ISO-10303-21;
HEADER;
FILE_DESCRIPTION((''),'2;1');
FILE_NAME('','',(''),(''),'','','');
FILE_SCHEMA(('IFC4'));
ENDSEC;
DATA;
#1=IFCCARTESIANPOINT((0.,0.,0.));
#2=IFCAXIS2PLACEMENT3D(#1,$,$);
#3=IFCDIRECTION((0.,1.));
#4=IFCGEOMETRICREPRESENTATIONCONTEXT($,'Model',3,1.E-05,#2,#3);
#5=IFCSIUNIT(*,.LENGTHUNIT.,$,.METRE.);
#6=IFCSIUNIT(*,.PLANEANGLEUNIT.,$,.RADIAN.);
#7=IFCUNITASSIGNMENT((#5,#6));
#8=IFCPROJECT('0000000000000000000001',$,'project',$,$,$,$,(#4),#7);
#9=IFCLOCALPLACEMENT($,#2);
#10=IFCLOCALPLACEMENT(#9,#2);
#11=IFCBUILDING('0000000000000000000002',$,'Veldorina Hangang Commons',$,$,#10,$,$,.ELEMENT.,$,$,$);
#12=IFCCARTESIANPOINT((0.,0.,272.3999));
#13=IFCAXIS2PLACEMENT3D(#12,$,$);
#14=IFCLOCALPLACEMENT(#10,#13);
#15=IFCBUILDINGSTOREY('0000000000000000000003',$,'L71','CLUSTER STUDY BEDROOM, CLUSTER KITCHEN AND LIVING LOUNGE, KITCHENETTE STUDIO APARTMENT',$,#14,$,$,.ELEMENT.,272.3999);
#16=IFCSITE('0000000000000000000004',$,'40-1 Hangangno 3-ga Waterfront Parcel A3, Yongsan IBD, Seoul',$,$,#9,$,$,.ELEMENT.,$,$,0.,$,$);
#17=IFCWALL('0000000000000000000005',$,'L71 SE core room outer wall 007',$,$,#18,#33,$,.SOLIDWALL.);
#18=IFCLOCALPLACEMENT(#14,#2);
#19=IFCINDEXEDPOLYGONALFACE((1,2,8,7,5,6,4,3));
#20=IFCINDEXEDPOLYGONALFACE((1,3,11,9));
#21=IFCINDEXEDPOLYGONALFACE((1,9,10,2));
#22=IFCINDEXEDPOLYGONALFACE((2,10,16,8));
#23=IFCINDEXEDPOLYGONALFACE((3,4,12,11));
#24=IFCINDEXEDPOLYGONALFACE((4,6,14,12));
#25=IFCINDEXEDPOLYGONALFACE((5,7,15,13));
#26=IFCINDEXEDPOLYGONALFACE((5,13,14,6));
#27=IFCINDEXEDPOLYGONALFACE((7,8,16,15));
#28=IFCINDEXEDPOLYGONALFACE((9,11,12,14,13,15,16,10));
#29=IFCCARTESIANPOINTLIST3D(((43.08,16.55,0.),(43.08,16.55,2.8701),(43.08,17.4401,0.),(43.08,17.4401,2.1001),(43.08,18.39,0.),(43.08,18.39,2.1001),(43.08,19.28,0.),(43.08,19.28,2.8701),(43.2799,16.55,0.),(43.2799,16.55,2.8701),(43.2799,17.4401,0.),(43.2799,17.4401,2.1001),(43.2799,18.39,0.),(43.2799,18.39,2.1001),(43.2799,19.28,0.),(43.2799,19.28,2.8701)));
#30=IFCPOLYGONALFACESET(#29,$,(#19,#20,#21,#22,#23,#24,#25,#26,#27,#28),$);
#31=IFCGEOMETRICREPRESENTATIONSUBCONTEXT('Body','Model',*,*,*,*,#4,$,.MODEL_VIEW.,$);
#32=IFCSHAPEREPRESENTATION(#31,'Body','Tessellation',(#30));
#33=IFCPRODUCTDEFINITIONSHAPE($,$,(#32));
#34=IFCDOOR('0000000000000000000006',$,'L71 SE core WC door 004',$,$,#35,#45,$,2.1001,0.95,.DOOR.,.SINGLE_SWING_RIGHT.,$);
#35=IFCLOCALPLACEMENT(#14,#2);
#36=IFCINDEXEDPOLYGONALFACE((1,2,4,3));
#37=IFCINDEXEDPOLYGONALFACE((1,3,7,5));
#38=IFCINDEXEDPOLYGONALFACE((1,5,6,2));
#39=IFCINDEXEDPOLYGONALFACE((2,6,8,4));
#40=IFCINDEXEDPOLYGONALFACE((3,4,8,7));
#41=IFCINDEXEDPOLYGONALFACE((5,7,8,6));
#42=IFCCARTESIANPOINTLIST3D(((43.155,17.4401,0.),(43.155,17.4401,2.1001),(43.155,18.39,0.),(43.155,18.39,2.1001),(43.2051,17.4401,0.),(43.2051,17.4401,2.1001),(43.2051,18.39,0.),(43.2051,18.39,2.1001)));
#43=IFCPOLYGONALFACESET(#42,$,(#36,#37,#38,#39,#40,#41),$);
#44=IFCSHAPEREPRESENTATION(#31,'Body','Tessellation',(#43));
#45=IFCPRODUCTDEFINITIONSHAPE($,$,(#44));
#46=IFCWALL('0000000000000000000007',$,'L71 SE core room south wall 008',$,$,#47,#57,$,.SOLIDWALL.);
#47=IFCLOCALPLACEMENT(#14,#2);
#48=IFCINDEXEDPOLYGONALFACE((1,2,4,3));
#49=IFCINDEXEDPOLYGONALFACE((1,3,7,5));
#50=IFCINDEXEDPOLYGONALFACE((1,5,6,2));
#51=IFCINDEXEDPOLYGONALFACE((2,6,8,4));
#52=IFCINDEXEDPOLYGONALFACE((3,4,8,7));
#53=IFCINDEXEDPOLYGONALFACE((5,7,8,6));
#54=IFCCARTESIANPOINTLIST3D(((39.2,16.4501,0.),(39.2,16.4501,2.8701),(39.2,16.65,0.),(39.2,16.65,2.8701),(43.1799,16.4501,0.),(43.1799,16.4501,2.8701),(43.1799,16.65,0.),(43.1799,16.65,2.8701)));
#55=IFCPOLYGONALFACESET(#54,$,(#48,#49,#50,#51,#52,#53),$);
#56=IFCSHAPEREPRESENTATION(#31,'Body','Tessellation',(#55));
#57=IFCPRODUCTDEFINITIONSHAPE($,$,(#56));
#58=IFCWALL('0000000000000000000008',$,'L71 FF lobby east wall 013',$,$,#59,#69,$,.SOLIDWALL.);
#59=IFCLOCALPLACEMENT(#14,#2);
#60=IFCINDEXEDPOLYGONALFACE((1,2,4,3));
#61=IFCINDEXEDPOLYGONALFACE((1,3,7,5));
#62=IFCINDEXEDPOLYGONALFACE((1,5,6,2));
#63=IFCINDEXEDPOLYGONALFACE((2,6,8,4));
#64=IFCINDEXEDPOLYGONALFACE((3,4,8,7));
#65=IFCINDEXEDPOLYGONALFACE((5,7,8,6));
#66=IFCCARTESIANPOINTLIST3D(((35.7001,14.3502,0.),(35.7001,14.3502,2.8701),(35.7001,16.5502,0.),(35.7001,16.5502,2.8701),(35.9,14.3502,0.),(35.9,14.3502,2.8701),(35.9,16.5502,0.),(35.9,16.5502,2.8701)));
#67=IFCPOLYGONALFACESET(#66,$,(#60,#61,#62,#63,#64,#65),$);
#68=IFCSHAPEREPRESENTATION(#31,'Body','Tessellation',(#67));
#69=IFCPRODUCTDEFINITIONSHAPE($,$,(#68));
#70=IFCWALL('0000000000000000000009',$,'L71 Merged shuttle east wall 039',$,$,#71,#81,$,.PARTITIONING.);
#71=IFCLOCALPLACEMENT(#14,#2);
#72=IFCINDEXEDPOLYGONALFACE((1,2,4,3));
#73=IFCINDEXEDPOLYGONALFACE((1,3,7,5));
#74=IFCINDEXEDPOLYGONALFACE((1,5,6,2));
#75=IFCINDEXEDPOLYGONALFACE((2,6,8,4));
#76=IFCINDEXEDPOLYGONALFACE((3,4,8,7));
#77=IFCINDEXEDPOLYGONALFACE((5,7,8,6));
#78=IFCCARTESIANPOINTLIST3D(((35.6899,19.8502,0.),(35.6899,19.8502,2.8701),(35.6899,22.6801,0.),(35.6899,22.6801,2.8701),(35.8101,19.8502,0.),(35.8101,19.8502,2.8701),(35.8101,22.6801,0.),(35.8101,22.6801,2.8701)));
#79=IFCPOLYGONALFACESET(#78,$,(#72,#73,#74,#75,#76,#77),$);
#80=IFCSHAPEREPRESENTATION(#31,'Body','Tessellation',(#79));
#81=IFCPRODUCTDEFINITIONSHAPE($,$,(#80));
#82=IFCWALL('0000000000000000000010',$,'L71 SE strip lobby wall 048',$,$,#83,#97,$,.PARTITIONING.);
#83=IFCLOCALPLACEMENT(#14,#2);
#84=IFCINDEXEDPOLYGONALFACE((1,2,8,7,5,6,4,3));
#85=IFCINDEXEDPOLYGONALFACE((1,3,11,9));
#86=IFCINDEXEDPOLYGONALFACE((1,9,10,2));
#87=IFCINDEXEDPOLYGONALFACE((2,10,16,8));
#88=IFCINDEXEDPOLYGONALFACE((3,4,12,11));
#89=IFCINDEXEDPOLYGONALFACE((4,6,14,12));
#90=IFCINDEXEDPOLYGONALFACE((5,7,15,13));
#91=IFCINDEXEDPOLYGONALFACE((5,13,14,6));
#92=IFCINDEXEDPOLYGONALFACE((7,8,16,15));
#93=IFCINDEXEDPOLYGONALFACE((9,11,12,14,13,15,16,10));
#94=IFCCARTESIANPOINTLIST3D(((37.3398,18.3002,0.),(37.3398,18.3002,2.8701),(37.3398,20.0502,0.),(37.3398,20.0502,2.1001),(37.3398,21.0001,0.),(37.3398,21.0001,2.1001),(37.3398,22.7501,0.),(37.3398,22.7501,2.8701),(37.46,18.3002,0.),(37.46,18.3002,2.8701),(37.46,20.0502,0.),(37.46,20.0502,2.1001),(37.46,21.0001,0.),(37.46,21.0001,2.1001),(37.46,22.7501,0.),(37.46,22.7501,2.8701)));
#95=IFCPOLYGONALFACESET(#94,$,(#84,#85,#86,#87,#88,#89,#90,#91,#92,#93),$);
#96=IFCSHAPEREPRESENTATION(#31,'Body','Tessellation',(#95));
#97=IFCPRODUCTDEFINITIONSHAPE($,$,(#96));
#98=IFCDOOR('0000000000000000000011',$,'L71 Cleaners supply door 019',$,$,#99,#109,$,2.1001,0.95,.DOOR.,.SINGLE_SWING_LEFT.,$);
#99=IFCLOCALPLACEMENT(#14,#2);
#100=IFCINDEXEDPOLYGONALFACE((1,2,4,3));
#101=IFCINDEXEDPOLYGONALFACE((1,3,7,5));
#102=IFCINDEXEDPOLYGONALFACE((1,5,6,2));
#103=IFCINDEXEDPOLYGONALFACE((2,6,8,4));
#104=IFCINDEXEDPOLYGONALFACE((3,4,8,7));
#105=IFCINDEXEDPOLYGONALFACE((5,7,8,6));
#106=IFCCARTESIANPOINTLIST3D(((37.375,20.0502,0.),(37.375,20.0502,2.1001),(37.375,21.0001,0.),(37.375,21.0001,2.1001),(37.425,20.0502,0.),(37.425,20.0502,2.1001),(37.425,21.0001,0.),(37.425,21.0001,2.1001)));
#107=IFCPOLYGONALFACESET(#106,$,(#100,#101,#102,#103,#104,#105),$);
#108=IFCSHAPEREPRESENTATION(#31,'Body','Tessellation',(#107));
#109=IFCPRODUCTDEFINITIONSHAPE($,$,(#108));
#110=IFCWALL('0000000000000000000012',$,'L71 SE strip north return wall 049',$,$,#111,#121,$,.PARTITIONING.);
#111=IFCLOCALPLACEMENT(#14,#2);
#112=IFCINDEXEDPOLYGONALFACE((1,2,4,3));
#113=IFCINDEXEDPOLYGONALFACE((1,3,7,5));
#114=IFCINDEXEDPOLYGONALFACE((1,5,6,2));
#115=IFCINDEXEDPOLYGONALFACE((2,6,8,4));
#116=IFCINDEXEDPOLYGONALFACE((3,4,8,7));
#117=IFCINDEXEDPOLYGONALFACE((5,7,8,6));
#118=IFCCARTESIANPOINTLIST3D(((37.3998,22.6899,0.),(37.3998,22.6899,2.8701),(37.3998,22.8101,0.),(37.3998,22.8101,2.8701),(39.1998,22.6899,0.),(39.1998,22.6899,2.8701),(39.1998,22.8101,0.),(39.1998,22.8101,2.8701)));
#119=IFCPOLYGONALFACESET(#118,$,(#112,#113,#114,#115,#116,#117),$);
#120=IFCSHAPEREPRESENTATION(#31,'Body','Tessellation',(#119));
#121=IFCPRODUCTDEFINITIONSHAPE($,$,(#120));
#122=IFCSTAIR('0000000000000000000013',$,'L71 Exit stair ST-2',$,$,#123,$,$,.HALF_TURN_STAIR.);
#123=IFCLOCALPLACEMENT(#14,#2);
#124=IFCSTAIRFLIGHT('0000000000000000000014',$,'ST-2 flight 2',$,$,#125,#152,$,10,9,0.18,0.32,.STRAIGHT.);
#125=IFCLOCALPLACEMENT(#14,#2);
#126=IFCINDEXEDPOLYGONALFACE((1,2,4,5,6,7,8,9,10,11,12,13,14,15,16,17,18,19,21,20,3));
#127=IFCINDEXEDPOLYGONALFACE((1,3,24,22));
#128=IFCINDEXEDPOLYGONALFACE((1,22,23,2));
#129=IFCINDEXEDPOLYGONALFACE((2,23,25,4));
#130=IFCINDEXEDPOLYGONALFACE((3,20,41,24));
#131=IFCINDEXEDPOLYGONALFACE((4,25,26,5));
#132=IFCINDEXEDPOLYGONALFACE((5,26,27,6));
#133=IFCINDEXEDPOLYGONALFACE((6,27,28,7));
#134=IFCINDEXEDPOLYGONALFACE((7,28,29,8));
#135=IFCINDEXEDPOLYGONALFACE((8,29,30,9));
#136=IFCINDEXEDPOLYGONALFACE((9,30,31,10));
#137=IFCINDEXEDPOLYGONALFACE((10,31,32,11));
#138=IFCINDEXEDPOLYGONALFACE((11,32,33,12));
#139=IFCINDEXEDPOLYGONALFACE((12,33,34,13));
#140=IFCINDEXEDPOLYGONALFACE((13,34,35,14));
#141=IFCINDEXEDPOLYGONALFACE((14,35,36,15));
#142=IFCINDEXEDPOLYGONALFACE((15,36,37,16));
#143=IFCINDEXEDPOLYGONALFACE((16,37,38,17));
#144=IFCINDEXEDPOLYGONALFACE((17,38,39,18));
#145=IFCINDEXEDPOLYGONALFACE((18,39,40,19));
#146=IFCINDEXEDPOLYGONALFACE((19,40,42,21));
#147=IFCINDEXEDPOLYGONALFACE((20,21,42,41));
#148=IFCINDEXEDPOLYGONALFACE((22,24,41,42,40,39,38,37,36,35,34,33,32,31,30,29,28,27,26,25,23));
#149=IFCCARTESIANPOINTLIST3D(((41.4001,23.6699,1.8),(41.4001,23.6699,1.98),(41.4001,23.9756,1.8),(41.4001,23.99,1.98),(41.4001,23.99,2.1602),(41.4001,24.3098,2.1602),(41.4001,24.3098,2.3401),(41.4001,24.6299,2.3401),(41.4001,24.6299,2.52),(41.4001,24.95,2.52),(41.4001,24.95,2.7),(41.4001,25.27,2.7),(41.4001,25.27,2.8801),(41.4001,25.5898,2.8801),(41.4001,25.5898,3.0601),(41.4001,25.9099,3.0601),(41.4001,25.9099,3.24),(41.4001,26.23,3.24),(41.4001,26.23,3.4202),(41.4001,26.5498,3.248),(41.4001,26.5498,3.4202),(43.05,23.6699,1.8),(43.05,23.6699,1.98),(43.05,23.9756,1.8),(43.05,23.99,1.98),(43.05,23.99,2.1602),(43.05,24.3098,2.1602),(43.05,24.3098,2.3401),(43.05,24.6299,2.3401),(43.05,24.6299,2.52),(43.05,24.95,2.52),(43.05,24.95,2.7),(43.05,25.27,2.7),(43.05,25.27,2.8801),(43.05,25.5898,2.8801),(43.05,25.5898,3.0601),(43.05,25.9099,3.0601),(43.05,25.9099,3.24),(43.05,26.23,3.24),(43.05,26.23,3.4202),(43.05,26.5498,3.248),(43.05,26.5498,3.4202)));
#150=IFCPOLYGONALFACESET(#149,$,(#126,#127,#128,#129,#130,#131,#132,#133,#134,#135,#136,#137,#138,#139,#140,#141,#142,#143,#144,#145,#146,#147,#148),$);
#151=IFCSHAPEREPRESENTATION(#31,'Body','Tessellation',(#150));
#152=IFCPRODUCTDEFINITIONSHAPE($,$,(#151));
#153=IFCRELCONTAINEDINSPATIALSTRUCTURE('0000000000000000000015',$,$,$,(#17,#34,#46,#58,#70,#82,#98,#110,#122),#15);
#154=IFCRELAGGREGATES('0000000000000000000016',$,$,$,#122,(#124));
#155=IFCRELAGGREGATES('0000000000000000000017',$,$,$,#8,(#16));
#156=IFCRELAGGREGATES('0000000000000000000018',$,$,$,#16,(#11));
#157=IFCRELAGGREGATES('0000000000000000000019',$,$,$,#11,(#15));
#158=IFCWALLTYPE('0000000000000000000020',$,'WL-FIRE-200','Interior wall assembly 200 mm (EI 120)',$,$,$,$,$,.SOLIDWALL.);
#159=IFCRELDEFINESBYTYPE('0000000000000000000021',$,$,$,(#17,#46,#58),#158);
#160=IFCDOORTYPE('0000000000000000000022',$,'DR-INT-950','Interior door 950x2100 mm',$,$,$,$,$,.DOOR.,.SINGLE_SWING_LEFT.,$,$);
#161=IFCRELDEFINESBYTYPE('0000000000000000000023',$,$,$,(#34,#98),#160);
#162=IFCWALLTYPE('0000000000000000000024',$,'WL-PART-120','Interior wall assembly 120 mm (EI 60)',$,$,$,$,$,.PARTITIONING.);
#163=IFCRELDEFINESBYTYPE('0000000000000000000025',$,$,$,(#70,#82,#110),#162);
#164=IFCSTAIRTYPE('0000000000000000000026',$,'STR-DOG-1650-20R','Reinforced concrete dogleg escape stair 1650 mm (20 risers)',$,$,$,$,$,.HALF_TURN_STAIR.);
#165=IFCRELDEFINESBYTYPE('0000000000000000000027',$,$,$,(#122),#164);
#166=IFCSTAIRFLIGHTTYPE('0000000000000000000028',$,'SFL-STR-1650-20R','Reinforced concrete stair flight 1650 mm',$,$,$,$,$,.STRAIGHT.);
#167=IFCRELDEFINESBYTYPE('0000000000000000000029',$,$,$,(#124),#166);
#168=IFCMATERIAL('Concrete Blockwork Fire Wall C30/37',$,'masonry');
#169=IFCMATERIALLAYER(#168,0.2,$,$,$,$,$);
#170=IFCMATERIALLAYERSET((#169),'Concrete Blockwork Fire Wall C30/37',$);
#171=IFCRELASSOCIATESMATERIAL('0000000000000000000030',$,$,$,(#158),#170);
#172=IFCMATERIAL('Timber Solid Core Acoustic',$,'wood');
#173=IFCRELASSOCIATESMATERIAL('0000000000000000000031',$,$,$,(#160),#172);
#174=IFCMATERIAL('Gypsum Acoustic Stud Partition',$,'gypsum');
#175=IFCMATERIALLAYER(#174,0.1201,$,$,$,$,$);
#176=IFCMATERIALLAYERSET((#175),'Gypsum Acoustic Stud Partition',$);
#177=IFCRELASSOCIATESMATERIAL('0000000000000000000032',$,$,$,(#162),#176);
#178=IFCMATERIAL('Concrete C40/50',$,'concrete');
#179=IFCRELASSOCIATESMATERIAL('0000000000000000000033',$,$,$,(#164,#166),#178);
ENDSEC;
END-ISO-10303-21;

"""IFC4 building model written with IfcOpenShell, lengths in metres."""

from ifc_helpers import new_model, si_unit, direction, frame, frame_2d, origin, place, context, subcontext, project, spatial, polyline, rectangle, outline, extrude, material, layer, layer_set, type_object, element, fill, aggregate, save


model = new_model("IFC4")

# Units and contexts
model_context = context("Model", 3, precision=1e-05, world=origin(), true_north=direction((0.0, 1.0)))
body_context = subcontext(model_context, "Body", "Model", "MODEL_VIEW")
ifc_project = project(units=[si_unit("LENGTHUNIT", "METRE"), si_unit("PLANEANGLEUNIT", "RADIAN")], contexts=[model_context])

# Site, building, storey
site_placement = place(None, origin())
site = spatial("IfcSite", under=ifc_project, at=site_placement, Name="40-1 Hangangno 3-ga Waterfront Parcel A3, Yongsan IBD, Seoul", CompositionType="ELEMENT", RefElevation=0.0)
building_placement = place(site_placement, origin())
building = spatial("IfcBuilding", under=site, at=building_placement, Name="Veldorina Hangang Commons", CompositionType="ELEMENT")
storey_placement = place(building_placement, frame((0.0, 0.0, 272.3999)))
storey = spatial("IfcBuildingStorey", under=building, at=storey_placement, Name="L71", Description="CLUSTER STUDY BEDROOM, CLUSTER KITCHEN AND LIVING LOUNGE, KITCHENETTE STUDIO APARTMENT", CompositionType="ELEMENT", Elevation=272.3999)

# Wall, opening, door
ifc_material_1 = material(Name="Concrete Blockwork Fire Wall C30/37", Category="masonry")
ifc_layer_1 = layer(ifc_material_1, 0.2)
ifc_layer_set_1 = layer_set([ifc_layer_1], Name="Concrete Blockwork Fire Wall C30/37")
wall_type_1 = type_object("IfcWallType", Name="WL-FIRE-200", Description="Interior wall assembly 200 mm (EI 120)", PredefinedType="SOLIDWALL", material=ifc_layer_set_1)
wall_1_placement = place(storey_placement, frame((43.1799, 16.55, 0.0), z_axis=(0.0, 0.0, 1.0), x_axis=(0.0, 1.0, 0.0)))
wall_1 = element("IfcWall", 1, at=wall_1_placement, inside=storey, type_object=wall_type_1, Name="L71 SE core room outer wall 007", PredefinedType="SOLIDWALL", context=body_context, shape_type="SweptSolid", body=[
    extrude(rectangle(XDim=2.73, YDim=0.2, at=frame_2d((1.365, 0.0))), origin(), (0.0, 0.0, 1.0), 2.8701),
])
opening_1_placement = place(wall_1_placement, frame((0.8899, 0.0, 0.0)))
opening_1 = element("IfcOpeningElement", 2, at=opening_1_placement, cuts=wall_1, PredefinedType="OPENING", context=body_context, shape_type="SweptSolid", body=[
    extrude(rectangle(XDim=0.95, YDim=2.1001, at=frame_2d((0.4751, 1.05))), frame((0.0, 0.1099, 0.0), z_axis=(0.0, -1.0, 0.0), x_axis=(1.0, 0.0, 0.0)), (0.0, 0.0, 1.0), 0.22),
])
ifc_material_2 = material(Name="Timber Solid Core Acoustic", Category="wood")
door_type_1 = type_object("IfcDoorType", Name="DR-INT-950", Description="Interior door 950x2100 mm", OperationType="SINGLE_SWING_LEFT", PredefinedType="DOOR", material=ifc_material_2)
door_1_placement = place(opening_1_placement, origin())
door_1 = element("IfcDoor", 3, at=door_1_placement, inside=storey, type_object=door_type_1, Name="L71 SE core WC door 004", OperationType="SINGLE_SWING_RIGHT", OverallHeight=2.1001, OverallWidth=0.95, PredefinedType="DOOR", context=body_context, shape_type="SweptSolid", body=[
    extrude(rectangle(XDim=0.95, YDim=2.1001, at=frame_2d((0.4751, 1.05))), frame((0.0, 0.0249, 0.0), z_axis=(0.0, -1.0, 0.0), x_axis=(1.0, 0.0, 0.0)), (0.0, 0.0, 1.0), 0.05),
])
fill(opening_1, door_1)

# Walls
wall_2_placement = place(storey_placement, frame((39.2, 16.55, 0.0), z_axis=(0.0, 0.0, 1.0), x_axis=(1.0, 0.0, 0.0)))
element("IfcWall", 4, at=wall_2_placement, inside=storey, type_object=wall_type_1, Name="L71 SE core room south wall 008", PredefinedType="SOLIDWALL", context=body_context, shape_type="SweptSolid", body=[
    extrude(rectangle(XDim=3.98, YDim=0.2, at=frame_2d((1.99, 0.0))), origin(), (0.0, 0.0, 1.0), 2.8701),
])
wall_3_placement = place(storey_placement, frame((35.8, 14.3501, 0.0), z_axis=(0.0, 0.0, 1.0), x_axis=(0.0, 1.0, 0.0)))
element("IfcWall", 5, at=wall_3_placement, inside=storey, type_object=wall_type_1, Name="L71 FF lobby east wall 013", PredefinedType="SOLIDWALL", context=body_context, shape_type="SweptSolid", body=[
    extrude(rectangle(XDim=2.2, YDim=0.2, at=frame_2d((1.1001, 0.0))), origin(), (0.0, 0.0, 1.0), 2.8701),
])
ifc_material_3 = material(Name="Gypsum Acoustic Stud Partition", Category="gypsum")
ifc_layer_2 = layer(ifc_material_3, 0.1201)
ifc_layer_set_2 = layer_set([ifc_layer_2], Name="Gypsum Acoustic Stud Partition")
wall_type_2 = type_object("IfcWallType", Name="WL-PART-120", Description="Interior wall assembly 120 mm (EI 60)", PredefinedType="PARTITIONING", material=ifc_layer_set_2)
wall_4_placement = place(storey_placement, frame((35.75, 19.8501, 0.0), z_axis=(0.0, 0.0, 1.0), x_axis=(0.0, 1.0, 0.0)))
element("IfcWall", 6, at=wall_4_placement, inside=storey, type_object=wall_type_2, Name="L71 Merged shuttle east wall 039", PredefinedType="PARTITIONING", context=body_context, shape_type="SweptSolid", body=[
    extrude(rectangle(XDim=2.8298, YDim=0.1201, at=frame_2d((1.415, 0.0))), origin(), (0.0, 0.0, 1.0), 2.8701),
])

# Wall, opening, door
wall_5_placement = place(storey_placement, frame((37.3999, 18.3, 0.0), z_axis=(0.0, 0.0, 1.0), x_axis=(0.0, 1.0, 0.0)))
wall_5 = element("IfcWall", 7, at=wall_5_placement, inside=storey, type_object=wall_type_2, Name="L71 SE strip lobby wall 048", PredefinedType="PARTITIONING", context=body_context, shape_type="SweptSolid", body=[
    extrude(rectangle(XDim=4.45, YDim=0.1201, at=frame_2d((2.2251, 0.0))), origin(), (0.0, 0.0, 1.0), 2.8701),
])
opening_2_placement = place(wall_5_placement, frame((1.75, 0.0, 0.0)))
opening_2 = element("IfcOpeningElement", 8, at=opening_2_placement, cuts=wall_5, PredefinedType="OPENING", context=body_context, shape_type="SweptSolid", body=[
    extrude(rectangle(XDim=0.95, YDim=2.1001, at=frame_2d((0.4751, 1.05))), frame((0.0, 0.0701, 0.0), z_axis=(0.0, -1.0, 0.0), x_axis=(1.0, 0.0, 0.0)), (0.0, 0.0, 1.0), 0.1401),
])
door_2_placement = place(opening_2_placement, origin())
door_2 = element("IfcDoor", 9, at=door_2_placement, inside=storey, type_object=door_type_1, Name="L71 Cleaners supply door 019", OperationType="SINGLE_SWING_LEFT", OverallHeight=2.1001, OverallWidth=0.95, PredefinedType="DOOR", context=body_context, shape_type="SweptSolid", body=[
    extrude(rectangle(XDim=0.95, YDim=2.1001, at=frame_2d((0.4751, 1.05))), frame((0.0, 0.0249, 0.0), z_axis=(0.0, -1.0, 0.0), x_axis=(1.0, 0.0, 0.0)), (0.0, 0.0, 1.0), 0.05),
])
fill(opening_2, door_2)

# Wall
wall_6_placement = place(storey_placement, frame((37.3999, 22.75, 0.0), z_axis=(0.0, 0.0, 1.0), x_axis=(1.0, 0.0, 0.0)))
element("IfcWall", 10, at=wall_6_placement, inside=storey, type_object=wall_type_2, Name="L71 SE strip north return wall 049", PredefinedType="PARTITIONING", context=body_context, shape_type="SweptSolid", body=[
    extrude(rectangle(XDim=1.8, YDim=0.1201, at=frame_2d((0.8999, 0.0))), origin(), (0.0, 0.0, 1.0), 2.8701),
])

# Stair, stair flight
ifc_material_4 = material(Name="Concrete C40/50", Category="concrete")
stair_type = type_object("IfcStairType", Name="STR-DOG-1650-20R", Description="Reinforced concrete dogleg escape stair 1650 mm (20 risers)", PredefinedType="HALF_TURN_STAIR", material=ifc_material_4)
stair_placement = place(storey_placement, origin())
stair = element("IfcStair", 11, at=stair_placement, inside=storey, type_object=stair_type, Name="L71 Exit stair ST-2", PredefinedType="HALF_TURN_STAIR")
stair_flight_type = type_object("IfcStairFlightType", Name="SFL-STR-1650-20R", Description="Reinforced concrete stair flight 1650 mm", PredefinedType="STRAIGHT", material=ifc_material_4)
stair_flight_placement = place(storey_placement, frame((42.2251, 23.6699, 1.8), z_axis=(0.0, 0.0, 1.0), x_axis=(0.0, 1.0, 0.0)))
stair_flight = element("IfcStairFlight", 12, at=stair_flight_placement, type_object=stair_flight_type, Name="ST-2 flight 2", NumberOfRisers=10, NumberOfTreads=9, PredefinedType="STRAIGHT", RiserHeight=0.18, TreadLength=0.32, context=body_context, shape_type="SweptSolid", body=[
    extrude(outline(polyline([(0.0, 0.0), (0.0, 0.1799), (0.3201, 0.1799), (0.3201, 0.3601), (0.6399, 0.3601), (0.6399, 0.54), (0.96, 0.54), (0.96, 0.72), (1.28, 0.72), (1.28, 0.8999), (1.6001, 0.8999), (1.6001, 1.0801), (1.9199, 1.0801), (1.9199, 1.26), (2.24, 1.26), (2.24, 1.4399), (2.5601, 1.4399), (2.5601, 1.6201), (2.8799, 1.6201), (2.8799, 1.8), (2.8799, 1.448), (0.3057, 0.0), (0.0, 0.0)])), frame((0.0, 0.825, 0.0), z_axis=(0.0, -1.0, 0.0), x_axis=(1.0, 0.0, 0.0)), (0.0, 0.0, 1.0), 1.6499),
])
aggregate(stair, [stair_flight])

save(model, "model.ifc")
